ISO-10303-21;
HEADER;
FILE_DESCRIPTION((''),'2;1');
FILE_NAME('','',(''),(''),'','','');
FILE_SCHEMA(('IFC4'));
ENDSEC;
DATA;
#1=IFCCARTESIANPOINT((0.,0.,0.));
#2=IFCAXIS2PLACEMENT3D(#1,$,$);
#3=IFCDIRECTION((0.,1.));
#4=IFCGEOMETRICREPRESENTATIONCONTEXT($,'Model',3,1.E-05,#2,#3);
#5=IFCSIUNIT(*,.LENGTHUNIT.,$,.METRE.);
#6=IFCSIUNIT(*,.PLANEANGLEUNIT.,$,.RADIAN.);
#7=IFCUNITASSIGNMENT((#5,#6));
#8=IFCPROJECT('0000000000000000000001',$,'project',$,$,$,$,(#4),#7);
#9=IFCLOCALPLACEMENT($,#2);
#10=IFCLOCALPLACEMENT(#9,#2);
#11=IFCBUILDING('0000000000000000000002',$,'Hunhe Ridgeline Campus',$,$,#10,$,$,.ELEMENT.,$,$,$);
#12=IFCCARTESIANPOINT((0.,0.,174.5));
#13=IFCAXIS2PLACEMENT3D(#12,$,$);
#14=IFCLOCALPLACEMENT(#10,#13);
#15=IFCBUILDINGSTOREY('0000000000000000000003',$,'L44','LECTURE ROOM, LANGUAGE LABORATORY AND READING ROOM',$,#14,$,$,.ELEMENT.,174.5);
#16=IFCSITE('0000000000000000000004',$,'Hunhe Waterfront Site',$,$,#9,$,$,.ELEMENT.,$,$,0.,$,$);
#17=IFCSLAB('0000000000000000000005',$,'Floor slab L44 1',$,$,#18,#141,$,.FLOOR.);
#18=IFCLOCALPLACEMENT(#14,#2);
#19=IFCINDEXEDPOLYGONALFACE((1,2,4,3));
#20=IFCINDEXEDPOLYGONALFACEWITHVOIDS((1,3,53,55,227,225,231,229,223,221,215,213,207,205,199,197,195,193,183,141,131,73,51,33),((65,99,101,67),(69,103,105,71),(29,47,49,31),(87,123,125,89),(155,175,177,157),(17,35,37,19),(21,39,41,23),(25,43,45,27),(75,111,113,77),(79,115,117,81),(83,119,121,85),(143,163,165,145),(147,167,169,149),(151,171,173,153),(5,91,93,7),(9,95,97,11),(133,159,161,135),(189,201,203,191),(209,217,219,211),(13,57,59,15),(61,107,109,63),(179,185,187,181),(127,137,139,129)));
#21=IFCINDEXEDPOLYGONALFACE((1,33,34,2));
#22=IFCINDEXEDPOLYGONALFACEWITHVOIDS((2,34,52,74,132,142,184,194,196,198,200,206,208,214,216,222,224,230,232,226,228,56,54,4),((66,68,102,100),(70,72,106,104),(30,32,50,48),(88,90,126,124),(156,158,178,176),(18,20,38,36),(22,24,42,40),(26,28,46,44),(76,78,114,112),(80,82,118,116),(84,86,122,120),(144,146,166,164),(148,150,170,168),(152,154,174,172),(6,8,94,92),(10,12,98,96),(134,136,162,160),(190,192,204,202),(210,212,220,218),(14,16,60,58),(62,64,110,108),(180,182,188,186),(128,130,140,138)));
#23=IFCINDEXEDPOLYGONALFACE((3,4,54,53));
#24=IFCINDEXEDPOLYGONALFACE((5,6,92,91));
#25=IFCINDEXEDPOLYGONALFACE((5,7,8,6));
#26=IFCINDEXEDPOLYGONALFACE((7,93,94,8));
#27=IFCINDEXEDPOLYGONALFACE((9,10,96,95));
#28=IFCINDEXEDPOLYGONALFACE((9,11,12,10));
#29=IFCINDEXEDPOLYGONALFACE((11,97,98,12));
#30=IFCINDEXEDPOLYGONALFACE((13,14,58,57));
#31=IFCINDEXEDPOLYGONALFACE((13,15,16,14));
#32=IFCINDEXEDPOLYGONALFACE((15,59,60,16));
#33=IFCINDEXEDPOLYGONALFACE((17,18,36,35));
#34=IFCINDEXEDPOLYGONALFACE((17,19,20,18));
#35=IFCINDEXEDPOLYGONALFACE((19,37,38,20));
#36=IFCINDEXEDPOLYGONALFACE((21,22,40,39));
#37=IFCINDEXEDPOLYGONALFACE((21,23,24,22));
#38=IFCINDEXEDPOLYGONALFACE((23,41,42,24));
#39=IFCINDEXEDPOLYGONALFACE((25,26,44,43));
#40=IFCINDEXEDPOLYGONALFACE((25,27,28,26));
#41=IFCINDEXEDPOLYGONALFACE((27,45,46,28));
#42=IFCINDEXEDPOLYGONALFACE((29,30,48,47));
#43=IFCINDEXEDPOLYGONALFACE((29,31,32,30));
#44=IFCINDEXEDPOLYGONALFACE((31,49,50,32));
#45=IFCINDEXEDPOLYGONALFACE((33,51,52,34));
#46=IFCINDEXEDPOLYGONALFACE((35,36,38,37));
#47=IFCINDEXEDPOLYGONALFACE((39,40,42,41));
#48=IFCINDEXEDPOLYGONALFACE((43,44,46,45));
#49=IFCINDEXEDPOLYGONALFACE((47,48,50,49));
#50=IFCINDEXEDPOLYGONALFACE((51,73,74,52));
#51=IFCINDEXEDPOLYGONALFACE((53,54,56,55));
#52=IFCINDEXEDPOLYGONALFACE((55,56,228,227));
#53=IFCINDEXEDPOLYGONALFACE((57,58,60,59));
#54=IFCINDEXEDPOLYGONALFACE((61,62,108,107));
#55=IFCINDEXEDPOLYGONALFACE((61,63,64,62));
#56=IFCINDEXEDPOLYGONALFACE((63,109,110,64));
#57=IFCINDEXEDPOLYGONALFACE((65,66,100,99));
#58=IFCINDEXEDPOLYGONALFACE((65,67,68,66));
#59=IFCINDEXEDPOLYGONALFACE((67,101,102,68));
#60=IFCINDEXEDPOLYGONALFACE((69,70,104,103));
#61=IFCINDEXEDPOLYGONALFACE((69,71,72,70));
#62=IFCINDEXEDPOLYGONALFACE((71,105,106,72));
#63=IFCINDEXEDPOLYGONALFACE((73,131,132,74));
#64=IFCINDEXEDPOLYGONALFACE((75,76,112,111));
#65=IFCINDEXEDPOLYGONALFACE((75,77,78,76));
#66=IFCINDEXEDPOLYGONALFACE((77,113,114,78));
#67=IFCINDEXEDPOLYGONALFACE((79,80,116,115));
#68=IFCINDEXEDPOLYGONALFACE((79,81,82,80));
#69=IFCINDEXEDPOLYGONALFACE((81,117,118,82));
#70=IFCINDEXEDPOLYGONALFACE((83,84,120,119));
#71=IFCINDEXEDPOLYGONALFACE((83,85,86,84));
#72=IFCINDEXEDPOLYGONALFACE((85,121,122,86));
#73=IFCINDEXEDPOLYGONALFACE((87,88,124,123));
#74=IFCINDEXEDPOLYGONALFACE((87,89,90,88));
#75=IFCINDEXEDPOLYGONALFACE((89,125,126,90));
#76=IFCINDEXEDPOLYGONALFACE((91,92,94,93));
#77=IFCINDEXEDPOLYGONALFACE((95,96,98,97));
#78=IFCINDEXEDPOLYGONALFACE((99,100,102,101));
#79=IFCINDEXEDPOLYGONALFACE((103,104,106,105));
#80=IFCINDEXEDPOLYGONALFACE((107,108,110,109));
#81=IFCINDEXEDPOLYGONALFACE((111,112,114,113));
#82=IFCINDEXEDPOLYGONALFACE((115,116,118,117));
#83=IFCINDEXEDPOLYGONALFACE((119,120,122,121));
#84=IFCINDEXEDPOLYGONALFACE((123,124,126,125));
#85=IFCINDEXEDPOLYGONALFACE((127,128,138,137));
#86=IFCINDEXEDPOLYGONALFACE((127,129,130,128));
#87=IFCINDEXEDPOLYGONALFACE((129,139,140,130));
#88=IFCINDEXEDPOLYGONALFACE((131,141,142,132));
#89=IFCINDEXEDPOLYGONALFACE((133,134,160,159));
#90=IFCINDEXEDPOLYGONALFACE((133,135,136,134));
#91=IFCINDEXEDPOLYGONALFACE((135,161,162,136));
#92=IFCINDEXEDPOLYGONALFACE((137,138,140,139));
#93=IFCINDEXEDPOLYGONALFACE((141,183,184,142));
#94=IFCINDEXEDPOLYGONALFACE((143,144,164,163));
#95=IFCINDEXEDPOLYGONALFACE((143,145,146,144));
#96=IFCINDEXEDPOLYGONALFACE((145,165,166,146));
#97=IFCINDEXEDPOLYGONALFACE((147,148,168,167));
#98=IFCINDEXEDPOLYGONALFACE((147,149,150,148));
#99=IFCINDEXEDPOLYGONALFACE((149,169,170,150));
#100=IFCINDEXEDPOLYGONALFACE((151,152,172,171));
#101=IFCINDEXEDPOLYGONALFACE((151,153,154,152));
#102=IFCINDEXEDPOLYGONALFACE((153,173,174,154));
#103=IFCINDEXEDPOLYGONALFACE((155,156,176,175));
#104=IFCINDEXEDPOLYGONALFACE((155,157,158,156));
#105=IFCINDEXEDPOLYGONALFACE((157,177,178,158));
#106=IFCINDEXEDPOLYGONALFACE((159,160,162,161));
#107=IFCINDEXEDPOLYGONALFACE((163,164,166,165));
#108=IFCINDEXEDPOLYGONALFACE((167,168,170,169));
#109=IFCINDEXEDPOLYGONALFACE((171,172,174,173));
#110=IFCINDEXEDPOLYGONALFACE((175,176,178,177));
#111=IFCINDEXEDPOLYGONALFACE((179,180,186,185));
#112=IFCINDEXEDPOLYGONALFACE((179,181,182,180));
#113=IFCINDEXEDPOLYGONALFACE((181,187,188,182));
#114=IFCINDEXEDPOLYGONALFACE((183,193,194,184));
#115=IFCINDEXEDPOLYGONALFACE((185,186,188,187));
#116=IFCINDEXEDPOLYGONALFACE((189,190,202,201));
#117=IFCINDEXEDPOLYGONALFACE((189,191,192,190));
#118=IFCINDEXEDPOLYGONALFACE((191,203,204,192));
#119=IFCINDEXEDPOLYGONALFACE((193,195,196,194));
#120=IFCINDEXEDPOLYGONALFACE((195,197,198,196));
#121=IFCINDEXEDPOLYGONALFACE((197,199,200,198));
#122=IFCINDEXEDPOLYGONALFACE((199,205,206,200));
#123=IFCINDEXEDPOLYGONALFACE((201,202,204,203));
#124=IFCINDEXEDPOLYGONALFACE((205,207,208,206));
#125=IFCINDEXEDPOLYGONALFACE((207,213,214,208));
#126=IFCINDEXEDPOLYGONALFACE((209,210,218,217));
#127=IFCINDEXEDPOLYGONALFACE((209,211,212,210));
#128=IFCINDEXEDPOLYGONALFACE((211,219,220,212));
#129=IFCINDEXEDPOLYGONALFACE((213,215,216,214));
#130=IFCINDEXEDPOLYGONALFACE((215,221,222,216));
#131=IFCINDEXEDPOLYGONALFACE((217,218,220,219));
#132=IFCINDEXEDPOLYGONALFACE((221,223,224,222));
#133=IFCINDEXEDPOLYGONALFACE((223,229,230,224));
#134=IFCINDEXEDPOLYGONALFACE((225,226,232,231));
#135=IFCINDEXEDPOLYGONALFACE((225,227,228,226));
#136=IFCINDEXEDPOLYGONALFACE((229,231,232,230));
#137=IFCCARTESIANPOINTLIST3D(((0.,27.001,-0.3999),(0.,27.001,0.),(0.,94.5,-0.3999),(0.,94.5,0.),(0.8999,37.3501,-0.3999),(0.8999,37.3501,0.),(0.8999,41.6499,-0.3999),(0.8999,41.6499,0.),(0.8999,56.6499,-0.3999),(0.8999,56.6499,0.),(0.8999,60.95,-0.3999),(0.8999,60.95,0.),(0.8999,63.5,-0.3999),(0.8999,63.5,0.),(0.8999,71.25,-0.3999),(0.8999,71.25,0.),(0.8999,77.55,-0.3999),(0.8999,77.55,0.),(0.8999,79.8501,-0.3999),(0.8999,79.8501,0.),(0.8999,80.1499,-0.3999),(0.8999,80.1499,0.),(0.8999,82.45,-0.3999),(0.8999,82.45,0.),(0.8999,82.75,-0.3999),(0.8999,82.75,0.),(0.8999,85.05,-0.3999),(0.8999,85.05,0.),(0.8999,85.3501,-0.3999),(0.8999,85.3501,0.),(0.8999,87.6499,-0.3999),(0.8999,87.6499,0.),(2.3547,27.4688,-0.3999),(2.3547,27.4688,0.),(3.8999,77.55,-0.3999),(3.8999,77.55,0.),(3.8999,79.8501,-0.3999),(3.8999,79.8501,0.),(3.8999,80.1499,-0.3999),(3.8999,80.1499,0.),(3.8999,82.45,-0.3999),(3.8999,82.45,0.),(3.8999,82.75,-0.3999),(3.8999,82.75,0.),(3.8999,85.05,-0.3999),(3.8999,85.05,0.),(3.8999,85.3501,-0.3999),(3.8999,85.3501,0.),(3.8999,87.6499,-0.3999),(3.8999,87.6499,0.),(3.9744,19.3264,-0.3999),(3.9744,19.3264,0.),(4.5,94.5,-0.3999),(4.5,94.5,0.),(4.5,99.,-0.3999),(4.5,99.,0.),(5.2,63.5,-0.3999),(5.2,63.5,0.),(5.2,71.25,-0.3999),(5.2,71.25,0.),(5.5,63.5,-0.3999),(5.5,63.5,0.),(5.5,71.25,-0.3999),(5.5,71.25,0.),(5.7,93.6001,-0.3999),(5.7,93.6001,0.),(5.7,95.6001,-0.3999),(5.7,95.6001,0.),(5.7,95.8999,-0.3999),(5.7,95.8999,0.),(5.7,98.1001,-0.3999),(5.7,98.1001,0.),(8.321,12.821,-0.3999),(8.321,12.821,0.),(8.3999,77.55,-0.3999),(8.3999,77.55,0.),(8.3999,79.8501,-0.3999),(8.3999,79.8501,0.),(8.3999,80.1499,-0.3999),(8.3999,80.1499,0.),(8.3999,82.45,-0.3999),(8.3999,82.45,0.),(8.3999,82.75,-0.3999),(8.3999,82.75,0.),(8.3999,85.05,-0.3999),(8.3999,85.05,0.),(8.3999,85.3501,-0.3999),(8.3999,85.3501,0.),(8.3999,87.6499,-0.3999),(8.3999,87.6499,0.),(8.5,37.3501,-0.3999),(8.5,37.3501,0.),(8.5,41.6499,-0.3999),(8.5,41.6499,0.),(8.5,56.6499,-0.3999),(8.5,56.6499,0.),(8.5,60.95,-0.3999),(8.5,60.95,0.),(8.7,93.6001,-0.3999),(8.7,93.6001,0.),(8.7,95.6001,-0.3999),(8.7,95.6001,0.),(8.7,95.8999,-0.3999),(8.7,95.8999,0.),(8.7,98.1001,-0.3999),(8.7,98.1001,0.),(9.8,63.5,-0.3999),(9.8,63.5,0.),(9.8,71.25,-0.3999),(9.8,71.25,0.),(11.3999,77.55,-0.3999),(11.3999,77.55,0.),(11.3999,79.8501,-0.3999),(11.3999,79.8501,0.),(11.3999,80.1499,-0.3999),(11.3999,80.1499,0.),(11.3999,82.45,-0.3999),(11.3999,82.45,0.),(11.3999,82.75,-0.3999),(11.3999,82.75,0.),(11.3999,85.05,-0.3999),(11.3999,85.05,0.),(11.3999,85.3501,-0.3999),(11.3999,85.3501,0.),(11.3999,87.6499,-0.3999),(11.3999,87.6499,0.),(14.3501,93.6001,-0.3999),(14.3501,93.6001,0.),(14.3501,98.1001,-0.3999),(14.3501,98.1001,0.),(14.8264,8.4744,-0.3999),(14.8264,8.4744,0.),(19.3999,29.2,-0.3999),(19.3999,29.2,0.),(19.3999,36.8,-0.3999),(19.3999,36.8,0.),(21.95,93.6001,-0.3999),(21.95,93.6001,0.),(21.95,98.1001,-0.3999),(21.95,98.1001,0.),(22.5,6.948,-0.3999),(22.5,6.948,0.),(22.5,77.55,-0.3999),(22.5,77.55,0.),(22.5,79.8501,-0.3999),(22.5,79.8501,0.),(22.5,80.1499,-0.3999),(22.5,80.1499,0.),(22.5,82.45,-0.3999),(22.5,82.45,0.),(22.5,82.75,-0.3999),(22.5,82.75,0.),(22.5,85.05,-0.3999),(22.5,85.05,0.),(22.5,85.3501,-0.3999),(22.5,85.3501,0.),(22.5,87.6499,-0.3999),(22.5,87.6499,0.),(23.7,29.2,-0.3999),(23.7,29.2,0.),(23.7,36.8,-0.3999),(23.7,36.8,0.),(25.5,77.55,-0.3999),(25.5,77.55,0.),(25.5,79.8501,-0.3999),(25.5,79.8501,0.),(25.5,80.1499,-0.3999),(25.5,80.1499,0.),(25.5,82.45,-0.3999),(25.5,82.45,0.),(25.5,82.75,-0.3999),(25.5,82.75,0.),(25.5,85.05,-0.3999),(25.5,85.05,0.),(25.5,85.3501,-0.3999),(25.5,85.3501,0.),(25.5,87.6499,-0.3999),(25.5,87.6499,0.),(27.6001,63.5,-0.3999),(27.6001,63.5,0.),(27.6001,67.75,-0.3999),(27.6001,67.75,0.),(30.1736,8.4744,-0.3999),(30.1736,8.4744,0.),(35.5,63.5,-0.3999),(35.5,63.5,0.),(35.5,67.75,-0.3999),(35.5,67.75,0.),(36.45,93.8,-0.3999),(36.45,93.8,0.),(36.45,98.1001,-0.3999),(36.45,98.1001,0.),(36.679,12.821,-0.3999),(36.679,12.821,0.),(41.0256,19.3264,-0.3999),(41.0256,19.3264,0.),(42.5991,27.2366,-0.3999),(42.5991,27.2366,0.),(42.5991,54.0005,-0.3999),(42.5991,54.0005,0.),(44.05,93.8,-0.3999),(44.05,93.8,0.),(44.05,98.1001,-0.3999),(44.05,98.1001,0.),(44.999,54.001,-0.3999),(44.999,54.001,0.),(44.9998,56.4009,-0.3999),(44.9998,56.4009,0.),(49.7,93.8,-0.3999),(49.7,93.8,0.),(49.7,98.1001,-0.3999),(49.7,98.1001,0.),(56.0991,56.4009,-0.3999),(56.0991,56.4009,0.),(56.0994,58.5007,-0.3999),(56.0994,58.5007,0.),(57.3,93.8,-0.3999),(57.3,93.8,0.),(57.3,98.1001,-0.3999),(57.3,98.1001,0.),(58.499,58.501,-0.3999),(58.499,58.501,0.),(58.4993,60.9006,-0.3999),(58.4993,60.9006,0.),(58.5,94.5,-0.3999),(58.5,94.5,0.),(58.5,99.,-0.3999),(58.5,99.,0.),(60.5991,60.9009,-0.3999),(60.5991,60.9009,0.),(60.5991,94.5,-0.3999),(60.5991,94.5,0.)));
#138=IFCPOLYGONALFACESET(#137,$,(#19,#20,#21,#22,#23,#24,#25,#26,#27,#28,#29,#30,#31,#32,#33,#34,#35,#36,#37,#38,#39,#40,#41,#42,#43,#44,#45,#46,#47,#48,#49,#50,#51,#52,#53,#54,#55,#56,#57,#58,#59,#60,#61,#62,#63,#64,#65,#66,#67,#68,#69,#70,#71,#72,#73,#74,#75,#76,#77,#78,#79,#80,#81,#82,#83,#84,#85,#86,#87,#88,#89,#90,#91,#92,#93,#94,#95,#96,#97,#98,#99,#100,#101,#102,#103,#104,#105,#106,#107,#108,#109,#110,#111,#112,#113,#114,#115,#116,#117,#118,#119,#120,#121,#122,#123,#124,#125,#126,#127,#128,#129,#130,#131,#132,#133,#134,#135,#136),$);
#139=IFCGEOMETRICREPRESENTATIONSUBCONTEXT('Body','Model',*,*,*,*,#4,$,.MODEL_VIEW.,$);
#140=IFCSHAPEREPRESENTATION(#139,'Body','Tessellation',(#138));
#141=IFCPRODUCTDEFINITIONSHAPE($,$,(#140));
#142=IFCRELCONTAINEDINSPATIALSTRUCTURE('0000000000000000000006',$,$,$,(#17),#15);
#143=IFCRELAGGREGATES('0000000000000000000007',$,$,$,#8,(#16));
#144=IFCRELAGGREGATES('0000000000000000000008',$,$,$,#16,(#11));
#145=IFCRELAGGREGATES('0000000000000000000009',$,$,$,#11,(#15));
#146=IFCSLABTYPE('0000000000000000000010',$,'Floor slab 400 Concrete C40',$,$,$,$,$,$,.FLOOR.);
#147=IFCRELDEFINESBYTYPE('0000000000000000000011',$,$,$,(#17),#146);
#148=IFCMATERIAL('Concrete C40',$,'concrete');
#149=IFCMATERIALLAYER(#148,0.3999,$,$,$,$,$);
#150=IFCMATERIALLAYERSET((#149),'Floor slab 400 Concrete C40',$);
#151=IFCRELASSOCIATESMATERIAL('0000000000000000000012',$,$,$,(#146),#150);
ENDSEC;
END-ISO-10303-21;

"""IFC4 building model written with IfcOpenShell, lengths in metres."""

from ifc_helpers import new_model, si_unit, direction, frame, origin, place, context, subcontext, project, spatial, polyline, outline, extrude, material, layer, layer_set, type_object, element, save


model = new_model("IFC4")

# Units and contexts
model_context = context("Model", 3, precision=1e-05, world=origin(), true_north=direction((0.0, 1.0)))
body_context = subcontext(model_context, "Body", "Model", "MODEL_VIEW")
ifc_project = project(units=[si_unit("LENGTHUNIT", "METRE"), si_unit("PLANEANGLEUNIT", "RADIAN")], contexts=[model_context])

# Site, building, storey
site_placement = place(None, origin())
site = spatial("IfcSite", under=ifc_project, at=site_placement, Name="Hunhe Waterfront Site", CompositionType="ELEMENT", RefElevation=0.0)
building_placement = place(site_placement, origin())
building = spatial("IfcBuilding", under=site, at=building_placement, Name="Hunhe Ridgeline Campus", CompositionType="ELEMENT")
storey_placement = place(building_placement, frame((0.0, 0.0, 174.5)))
storey = spatial("IfcBuildingStorey", under=building, at=storey_placement, Name="L44", Description="LECTURE ROOM, LANGUAGE LABORATORY AND READING ROOM", CompositionType="ELEMENT", Elevation=174.5)

# Slab
ifc_material_1 = material(Name="Concrete C40", Category="concrete")
ifc_layer_1 = layer(ifc_material_1, 0.3999)
ifc_layer_set_1 = layer_set([ifc_layer_1], Name="Floor slab 400 Concrete C40")
slab_type_1 = type_object("IfcSlabType", Name="Floor slab 400 Concrete C40", PredefinedType="FLOOR", material=ifc_layer_set_1)
slab_1_placement = place(storey_placement, frame((0.0, 0.0, -0.3999)))
element("IfcSlab", 1, at=slab_1_placement, inside=storey, type_object=slab_type_1, Name="Floor slab L44 1", PredefinedType="FLOOR", context=body_context, shape_type="SweptSolid", body=[
    extrude(outline(polyline([(2.3547, 27.4688), (3.9744, 19.3264), (8.321, 12.821), (14.8264, 8.4744), (22.5, 6.948), (30.1736, 8.4744), (36.679, 12.821), (41.0256, 19.3264), (42.5991, 27.2366), (42.5991, 54.0005), (44.999, 54.001), (44.9998, 56.4009), (56.0991, 56.4009), (56.0994, 58.5007), (58.499, 58.501), (58.4993, 60.9006), (60.5991, 60.9009), (60.5991, 94.5), (58.5, 94.5), (58.5, 99.0), (4.5, 99.0), (4.5, 94.5), (0.0, 94.5), (0.0, 27.001), (2.3547, 27.4688)]), holes=[polyline([(49.7, 93.8), (57.3, 93.8), (57.3, 98.1001), (49.7, 98.1001), (49.7, 93.8)]), polyline([(44.05, 93.8), (44.05, 98.1001), (36.45, 98.1001), (36.45, 93.8), (44.05, 93.8)]), polyline([(35.5, 67.75), (27.6001, 67.75), (27.6001, 63.5), (35.5, 63.5), (35.5, 67.75)]), polyline([(25.5, 82.75), (25.5, 85.05), (22.5, 85.05), (22.5, 82.75), (25.5, 82.75)]), polyline([(25.5, 82.45), (22.5, 82.45), (22.5, 80.1499), (25.5, 80.1499), (25.5, 82.45)]), polyline([(22.5, 85.3501), (25.5, 85.3501), (25.5, 87.6499), (22.5, 87.6499), (22.5, 85.3501)]), polyline([(22.5, 79.8501), (22.5, 77.55), (25.5, 77.55), (25.5, 79.8501), (22.5, 79.8501)]), polyline([(19.3999, 29.2), (23.7, 29.2), (23.7, 36.8), (19.3999, 36.8), (19.3999, 29.2)]), polyline([(21.95, 93.6001), (21.95, 98.1001), (14.3501, 98.1001), (14.3501, 93.6001), (21.95, 93.6001)]), polyline([(8.3999, 79.8501), (8.3999, 77.55), (11.3999, 77.55), (11.3999, 79.8501), (8.3999, 79.8501)]), polyline([(8.3999, 85.3501), (11.3999, 85.3501), (11.3999, 87.6499), (8.3999, 87.6499), (8.3999, 85.3501)]), polyline([(11.3999, 82.45), (8.3999, 82.45), (8.3999, 80.1499), (11.3999, 80.1499), (11.3999, 82.45)]), polyline([(11.3999, 82.75), (11.3999, 85.05), (8.3999, 85.05), (8.3999, 82.75), (11.3999, 82.75)]), polyline([(5.5, 71.25), (5.5, 63.5), (9.8, 63.5), (9.8, 71.25), (5.5, 71.25)]), polyline([(8.7, 98.1001), (5.7, 98.1001), (5.7, 95.8999), (8.7, 95.8999), (8.7, 98.1001)]), polyline([(5.7, 95.6001), (5.7, 93.6001), (8.7, 93.6001), (8.7, 95.6001), (5.7, 95.6001)]), polyline([(0.8999, 60.95), (0.8999, 56.6499), (8.5, 56.6499), (8.5, 60.95), (0.8999, 60.95)]), polyline([(0.8999, 37.3501), (8.5, 37.3501), (8.5, 41.6499), (0.8999, 41.6499), (0.8999, 37.3501)]), polyline([(0.8999, 63.5), (5.2, 63.5), (5.2, 71.25), (0.8999, 71.25), (0.8999, 63.5)]), polyline([(3.8999, 82.75), (3.8999, 85.05), (0.8999, 85.05), (0.8999, 82.75), (3.8999, 82.75)]), polyline([(3.8999, 82.45), (0.8999, 82.45), (0.8999, 80.1499), (3.8999, 80.1499), (3.8999, 82.45)]), polyline([(0.8999, 85.3501), (3.8999, 85.3501), (3.8999, 87.6499), (0.8999, 87.6499), (0.8999, 85.3501)]), polyline([(0.8999, 79.8501), (0.8999, 77.55), (3.8999, 77.55), (3.8999, 79.8501), (0.8999, 79.8501)])]), origin(), (0.0, 0.0, 1.0), 0.3999),
])

save(model, "model.ifc")
